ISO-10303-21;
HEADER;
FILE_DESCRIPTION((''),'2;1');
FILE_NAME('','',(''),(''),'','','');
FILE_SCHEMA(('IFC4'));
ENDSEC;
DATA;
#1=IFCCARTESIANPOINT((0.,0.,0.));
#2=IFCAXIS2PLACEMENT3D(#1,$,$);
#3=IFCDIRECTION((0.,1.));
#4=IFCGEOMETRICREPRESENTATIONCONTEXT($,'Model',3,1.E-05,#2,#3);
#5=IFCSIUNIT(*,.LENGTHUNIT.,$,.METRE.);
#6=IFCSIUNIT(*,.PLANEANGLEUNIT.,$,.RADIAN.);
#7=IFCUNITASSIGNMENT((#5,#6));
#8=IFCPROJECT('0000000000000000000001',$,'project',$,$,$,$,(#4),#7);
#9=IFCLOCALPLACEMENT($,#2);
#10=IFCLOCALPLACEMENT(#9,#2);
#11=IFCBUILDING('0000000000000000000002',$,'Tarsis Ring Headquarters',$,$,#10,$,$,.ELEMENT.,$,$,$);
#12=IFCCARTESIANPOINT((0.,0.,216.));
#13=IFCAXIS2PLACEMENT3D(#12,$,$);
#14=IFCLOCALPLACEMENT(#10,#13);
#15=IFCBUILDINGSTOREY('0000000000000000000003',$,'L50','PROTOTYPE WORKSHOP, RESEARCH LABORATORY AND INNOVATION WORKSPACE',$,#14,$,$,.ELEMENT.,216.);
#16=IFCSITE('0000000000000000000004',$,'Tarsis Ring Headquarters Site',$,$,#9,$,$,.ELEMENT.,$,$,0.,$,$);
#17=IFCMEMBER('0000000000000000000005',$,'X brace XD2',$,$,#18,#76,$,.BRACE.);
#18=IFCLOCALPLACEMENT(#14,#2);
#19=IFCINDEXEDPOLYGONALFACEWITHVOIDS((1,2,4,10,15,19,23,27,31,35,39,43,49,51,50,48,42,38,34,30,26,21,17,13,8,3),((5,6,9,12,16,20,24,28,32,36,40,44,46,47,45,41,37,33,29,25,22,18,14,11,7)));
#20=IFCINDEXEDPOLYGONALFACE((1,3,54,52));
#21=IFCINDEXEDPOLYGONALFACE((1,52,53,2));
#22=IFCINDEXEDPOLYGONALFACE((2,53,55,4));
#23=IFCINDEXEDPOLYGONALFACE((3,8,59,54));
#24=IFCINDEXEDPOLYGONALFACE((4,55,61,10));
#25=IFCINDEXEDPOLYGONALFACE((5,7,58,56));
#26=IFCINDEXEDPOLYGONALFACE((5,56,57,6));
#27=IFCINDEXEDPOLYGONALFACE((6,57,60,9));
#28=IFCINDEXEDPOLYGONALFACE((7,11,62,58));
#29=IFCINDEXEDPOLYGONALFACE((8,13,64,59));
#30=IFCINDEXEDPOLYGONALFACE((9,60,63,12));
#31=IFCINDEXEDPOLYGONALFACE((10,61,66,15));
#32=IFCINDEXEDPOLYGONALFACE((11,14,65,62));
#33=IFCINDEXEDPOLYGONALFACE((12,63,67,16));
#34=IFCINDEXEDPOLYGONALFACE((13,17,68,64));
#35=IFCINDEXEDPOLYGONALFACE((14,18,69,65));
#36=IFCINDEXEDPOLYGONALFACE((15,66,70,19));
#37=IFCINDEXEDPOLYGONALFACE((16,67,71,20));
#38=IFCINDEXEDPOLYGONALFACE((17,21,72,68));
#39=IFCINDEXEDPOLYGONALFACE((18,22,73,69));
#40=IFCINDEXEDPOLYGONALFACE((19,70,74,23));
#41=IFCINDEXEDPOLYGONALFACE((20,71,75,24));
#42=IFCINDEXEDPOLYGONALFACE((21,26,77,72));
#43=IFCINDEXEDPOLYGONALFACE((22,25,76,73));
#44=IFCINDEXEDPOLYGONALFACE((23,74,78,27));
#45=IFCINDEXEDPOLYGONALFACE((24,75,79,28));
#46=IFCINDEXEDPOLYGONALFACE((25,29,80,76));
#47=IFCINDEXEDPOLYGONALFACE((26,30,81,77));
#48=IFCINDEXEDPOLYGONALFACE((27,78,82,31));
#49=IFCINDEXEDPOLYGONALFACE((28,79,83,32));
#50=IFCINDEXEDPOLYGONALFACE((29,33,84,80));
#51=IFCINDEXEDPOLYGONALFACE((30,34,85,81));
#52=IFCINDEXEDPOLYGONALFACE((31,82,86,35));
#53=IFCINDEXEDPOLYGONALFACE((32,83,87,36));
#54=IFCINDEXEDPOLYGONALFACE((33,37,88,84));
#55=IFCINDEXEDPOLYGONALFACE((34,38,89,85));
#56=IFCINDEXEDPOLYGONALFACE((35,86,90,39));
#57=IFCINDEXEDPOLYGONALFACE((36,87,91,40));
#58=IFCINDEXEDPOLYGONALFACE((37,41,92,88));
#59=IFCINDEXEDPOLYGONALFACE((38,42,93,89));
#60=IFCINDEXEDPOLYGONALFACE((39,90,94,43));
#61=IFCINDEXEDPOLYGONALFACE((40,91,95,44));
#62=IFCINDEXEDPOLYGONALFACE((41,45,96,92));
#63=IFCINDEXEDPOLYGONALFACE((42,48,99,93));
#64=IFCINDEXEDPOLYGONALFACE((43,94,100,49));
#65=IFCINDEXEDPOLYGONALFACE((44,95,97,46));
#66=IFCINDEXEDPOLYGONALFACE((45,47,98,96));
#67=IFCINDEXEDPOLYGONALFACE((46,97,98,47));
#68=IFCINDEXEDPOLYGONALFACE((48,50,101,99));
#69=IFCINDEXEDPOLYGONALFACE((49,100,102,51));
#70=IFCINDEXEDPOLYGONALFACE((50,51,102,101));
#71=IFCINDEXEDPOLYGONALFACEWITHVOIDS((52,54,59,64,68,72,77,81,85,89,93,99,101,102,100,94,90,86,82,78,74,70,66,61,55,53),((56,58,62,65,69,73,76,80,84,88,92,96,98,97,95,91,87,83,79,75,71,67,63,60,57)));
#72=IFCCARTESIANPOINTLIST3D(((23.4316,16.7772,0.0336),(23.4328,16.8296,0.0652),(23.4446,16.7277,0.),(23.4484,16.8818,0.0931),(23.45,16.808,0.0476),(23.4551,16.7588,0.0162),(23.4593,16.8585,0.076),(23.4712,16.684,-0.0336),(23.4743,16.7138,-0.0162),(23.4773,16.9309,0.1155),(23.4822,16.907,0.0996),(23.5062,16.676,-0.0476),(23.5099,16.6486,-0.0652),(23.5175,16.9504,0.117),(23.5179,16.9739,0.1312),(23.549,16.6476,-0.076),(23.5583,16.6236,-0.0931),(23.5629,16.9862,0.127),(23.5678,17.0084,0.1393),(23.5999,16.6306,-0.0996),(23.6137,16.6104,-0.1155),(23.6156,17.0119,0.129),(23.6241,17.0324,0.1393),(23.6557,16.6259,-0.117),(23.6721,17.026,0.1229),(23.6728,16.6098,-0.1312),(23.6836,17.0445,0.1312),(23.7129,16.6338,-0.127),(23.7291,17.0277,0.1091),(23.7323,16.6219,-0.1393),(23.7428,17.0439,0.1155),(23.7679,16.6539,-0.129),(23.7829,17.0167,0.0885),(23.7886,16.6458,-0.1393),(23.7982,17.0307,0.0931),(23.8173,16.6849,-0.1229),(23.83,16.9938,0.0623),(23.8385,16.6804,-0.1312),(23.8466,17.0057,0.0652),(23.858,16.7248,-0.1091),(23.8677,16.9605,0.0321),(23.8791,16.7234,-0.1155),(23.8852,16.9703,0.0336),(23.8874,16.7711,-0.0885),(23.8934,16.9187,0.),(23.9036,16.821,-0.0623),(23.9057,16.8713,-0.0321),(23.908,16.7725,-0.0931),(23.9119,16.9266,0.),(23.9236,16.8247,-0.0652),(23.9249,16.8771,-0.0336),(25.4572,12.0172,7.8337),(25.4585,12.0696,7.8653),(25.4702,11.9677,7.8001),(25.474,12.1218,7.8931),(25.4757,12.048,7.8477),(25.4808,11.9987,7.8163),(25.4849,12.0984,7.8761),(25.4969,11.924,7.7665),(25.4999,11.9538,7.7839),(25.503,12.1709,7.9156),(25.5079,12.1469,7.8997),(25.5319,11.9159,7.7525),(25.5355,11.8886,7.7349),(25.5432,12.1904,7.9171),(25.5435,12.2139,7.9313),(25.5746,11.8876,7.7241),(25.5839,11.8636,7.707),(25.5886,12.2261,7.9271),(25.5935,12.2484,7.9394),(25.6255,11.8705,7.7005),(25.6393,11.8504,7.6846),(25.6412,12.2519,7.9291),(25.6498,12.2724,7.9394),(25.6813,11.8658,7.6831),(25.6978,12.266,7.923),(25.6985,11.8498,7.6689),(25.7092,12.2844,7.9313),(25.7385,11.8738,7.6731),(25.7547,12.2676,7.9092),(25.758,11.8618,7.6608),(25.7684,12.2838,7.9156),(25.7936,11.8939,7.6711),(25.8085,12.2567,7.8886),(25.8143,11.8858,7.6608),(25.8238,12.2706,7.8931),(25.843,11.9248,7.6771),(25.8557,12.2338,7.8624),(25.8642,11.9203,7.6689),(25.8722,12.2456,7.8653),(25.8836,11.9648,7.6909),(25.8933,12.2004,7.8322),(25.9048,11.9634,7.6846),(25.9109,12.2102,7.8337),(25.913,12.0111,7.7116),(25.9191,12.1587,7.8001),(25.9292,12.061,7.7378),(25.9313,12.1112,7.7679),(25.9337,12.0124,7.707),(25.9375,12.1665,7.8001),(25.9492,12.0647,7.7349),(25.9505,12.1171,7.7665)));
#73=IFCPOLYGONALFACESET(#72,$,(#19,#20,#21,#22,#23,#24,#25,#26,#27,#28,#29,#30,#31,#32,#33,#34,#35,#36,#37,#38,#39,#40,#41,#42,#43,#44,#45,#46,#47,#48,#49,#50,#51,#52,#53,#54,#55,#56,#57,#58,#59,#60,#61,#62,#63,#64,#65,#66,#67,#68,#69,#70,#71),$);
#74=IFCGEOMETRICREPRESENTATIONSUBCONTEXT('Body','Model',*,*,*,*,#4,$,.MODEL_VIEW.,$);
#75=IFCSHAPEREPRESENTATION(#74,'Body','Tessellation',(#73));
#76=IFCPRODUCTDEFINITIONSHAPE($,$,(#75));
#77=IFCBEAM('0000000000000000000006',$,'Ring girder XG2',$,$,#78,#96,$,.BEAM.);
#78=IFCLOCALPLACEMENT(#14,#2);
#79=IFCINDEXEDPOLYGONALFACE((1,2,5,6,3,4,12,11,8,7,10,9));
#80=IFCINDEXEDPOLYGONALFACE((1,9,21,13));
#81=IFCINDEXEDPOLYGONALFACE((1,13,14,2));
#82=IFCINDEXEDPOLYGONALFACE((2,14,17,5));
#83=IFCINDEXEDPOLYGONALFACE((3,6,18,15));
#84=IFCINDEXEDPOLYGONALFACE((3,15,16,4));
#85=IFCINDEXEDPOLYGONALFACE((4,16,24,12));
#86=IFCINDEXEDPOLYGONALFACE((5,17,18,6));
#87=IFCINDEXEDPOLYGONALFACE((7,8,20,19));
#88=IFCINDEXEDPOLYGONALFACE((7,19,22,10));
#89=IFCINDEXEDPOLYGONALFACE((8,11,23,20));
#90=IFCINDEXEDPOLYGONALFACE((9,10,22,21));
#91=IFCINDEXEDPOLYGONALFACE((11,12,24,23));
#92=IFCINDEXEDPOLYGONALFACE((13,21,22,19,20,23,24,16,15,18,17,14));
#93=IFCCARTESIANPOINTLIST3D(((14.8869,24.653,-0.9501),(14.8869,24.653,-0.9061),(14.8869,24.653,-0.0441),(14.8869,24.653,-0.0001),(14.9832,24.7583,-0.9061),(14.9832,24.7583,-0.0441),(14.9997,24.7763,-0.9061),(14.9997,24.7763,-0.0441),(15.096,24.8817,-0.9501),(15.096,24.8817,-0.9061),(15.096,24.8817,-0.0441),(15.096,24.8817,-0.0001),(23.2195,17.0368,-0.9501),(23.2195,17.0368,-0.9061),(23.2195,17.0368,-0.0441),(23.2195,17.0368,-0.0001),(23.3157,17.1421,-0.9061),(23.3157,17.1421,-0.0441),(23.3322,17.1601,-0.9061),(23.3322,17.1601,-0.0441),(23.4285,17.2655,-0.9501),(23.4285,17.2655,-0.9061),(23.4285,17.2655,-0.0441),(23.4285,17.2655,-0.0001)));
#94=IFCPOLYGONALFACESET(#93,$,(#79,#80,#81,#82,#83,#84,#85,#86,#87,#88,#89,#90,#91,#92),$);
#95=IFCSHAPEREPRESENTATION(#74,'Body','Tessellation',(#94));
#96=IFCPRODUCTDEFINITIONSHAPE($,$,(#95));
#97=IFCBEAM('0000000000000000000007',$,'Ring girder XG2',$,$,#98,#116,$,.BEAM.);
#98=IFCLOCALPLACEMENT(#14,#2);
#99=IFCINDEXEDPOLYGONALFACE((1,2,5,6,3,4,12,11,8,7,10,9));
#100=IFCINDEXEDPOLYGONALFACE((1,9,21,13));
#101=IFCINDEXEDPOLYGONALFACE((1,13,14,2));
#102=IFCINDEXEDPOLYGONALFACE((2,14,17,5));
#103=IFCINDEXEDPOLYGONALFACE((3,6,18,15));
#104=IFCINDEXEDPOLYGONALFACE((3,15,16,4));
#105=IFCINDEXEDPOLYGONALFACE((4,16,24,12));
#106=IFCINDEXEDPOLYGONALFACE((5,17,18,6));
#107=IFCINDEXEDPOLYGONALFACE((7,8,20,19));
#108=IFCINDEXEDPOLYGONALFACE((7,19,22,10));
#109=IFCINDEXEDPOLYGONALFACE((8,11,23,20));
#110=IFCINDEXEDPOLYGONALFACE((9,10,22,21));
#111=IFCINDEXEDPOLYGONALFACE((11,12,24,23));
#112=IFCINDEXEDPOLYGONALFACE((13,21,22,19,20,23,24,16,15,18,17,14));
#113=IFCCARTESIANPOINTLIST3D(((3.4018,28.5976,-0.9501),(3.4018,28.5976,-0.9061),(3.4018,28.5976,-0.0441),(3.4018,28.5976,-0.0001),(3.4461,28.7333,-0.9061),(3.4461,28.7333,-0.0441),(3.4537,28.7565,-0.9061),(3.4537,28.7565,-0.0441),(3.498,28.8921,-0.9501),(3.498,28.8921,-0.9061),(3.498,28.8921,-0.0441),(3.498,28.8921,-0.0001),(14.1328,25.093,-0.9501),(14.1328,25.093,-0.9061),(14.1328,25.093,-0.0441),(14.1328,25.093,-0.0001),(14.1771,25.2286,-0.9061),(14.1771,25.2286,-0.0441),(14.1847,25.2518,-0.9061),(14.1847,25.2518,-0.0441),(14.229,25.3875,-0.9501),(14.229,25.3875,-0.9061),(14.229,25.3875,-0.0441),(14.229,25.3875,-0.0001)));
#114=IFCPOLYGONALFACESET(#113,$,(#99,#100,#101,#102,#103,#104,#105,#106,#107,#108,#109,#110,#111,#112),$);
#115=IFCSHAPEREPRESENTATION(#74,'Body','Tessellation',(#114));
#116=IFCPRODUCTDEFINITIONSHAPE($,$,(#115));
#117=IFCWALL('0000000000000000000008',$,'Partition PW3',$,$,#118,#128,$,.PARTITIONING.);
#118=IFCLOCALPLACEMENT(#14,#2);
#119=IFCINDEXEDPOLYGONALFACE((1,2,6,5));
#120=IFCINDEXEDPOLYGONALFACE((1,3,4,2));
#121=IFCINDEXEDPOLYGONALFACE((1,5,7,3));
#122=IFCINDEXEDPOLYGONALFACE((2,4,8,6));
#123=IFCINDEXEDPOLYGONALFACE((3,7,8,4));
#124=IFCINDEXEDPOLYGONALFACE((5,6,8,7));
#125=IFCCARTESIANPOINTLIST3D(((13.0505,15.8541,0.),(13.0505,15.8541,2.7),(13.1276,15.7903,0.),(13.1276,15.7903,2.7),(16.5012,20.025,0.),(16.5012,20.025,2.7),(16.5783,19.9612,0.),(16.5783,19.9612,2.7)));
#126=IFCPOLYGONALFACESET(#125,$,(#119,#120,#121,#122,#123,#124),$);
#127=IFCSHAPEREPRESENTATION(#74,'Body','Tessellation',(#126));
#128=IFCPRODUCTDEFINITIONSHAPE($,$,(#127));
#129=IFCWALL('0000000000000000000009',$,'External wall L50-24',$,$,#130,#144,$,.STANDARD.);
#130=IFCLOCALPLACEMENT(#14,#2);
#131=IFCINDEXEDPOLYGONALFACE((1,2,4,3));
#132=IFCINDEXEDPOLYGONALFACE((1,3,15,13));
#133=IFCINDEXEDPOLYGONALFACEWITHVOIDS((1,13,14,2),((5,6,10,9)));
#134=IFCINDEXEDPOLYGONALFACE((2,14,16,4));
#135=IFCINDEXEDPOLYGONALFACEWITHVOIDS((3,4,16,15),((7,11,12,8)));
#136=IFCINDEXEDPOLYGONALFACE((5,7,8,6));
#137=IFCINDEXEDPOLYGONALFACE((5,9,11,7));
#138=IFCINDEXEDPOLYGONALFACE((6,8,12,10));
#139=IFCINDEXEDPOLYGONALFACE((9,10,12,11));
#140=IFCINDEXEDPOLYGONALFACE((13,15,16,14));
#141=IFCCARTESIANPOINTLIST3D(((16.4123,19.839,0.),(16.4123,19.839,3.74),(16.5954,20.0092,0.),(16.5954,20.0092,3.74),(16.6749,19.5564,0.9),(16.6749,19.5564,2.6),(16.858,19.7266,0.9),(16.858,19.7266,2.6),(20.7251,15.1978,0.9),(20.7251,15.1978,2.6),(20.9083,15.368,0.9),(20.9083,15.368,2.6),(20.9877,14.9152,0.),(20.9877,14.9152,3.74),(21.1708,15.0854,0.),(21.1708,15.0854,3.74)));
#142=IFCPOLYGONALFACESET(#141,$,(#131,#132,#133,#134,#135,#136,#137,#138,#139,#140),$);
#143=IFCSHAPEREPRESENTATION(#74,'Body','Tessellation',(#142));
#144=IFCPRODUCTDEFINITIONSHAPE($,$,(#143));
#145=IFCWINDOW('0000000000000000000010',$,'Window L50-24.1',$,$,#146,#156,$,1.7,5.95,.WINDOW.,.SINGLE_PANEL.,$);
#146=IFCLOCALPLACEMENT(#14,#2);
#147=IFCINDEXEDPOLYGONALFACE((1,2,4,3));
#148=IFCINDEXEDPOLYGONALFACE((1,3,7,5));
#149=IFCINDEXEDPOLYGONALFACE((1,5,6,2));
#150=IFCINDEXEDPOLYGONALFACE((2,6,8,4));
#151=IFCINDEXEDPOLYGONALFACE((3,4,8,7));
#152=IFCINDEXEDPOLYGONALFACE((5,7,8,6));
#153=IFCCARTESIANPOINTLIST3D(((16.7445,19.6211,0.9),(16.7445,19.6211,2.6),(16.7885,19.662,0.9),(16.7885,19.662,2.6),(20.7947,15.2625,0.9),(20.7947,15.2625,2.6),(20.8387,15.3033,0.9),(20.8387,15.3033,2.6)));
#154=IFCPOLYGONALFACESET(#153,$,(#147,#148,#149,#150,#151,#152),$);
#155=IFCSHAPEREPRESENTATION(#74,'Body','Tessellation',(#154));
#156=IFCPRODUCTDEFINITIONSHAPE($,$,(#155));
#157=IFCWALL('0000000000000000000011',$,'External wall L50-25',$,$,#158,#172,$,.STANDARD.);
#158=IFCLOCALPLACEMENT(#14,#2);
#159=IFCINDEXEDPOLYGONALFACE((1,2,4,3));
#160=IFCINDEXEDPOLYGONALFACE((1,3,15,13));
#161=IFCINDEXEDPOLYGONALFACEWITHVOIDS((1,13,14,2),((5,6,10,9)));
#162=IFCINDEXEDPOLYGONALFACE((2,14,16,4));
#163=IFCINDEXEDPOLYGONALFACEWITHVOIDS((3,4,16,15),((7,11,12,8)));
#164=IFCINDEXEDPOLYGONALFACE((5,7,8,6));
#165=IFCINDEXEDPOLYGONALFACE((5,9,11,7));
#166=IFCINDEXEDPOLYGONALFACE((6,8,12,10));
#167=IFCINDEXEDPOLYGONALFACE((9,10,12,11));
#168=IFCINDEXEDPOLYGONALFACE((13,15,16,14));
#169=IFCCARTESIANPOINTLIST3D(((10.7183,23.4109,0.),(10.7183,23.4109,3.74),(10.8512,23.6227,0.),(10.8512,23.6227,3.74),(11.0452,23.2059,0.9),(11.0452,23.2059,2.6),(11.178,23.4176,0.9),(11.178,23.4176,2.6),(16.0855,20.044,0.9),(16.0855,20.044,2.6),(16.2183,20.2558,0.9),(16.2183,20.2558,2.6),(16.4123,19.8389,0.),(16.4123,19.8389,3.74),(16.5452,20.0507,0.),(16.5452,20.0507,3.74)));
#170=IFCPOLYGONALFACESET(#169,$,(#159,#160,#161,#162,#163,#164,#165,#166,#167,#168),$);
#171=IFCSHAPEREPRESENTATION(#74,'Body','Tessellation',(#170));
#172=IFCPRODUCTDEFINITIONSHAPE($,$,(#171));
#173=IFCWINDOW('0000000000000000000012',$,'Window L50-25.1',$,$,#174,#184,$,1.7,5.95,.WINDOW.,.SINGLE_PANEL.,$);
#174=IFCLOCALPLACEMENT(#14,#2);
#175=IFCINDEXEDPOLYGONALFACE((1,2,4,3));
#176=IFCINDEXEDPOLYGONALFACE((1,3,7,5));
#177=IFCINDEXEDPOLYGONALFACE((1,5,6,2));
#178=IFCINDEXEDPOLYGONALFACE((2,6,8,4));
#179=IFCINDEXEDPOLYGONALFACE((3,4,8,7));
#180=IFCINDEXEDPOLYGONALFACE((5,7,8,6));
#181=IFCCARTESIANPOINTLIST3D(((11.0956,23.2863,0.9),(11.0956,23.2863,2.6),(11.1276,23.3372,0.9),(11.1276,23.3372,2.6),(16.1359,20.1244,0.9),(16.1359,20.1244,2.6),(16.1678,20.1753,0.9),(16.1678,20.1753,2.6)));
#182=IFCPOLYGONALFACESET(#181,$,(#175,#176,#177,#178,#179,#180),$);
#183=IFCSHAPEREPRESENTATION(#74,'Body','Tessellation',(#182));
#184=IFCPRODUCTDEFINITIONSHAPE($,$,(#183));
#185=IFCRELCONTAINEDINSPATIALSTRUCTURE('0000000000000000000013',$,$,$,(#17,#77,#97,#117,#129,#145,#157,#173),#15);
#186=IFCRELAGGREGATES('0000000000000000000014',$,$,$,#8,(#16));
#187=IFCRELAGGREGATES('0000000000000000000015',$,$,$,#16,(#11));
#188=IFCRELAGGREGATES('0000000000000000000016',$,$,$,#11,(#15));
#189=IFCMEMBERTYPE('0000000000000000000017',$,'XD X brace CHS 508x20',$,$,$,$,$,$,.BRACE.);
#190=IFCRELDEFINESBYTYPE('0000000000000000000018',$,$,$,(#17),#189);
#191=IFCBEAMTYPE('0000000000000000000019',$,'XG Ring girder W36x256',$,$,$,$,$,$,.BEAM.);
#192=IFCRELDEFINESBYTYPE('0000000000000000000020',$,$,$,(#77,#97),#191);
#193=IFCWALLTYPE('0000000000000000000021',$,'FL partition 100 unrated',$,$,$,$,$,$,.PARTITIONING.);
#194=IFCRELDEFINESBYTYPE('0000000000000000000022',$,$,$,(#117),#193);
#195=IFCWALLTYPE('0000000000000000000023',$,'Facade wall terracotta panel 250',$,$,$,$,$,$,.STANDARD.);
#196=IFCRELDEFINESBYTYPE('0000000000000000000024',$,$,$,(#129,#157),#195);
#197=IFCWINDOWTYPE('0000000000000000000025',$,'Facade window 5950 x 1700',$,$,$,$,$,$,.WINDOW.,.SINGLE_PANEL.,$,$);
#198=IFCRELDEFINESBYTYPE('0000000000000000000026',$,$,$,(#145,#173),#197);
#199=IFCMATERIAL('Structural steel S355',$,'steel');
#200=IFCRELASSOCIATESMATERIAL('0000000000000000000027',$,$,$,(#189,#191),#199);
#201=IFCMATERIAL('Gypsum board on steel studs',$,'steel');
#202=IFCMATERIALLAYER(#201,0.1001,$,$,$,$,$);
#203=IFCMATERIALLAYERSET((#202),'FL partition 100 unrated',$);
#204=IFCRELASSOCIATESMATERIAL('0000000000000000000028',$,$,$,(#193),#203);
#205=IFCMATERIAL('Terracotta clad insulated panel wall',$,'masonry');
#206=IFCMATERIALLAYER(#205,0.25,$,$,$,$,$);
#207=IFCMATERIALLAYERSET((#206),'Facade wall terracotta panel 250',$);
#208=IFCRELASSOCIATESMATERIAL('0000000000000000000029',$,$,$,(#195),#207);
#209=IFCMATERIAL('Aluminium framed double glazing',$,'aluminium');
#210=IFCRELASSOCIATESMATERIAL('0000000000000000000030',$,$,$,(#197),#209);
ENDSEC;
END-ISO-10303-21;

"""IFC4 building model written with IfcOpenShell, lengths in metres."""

from ifc_helpers import new_model, si_unit, direction, frame, frame_2d, origin, origin_2d, place, context, subcontext, project, spatial, rectangle, hollow_circle, i_section, extrude, material, layer, layer_set, material_profile, profile_set, type_object, element, fill, save


model = new_model("IFC4")

# Units and contexts
model_context = context("Model", 3, precision=1e-05, world=origin(), true_north=direction((0.0, 1.0)))
body_context = subcontext(model_context, "Body", "Model", "MODEL_VIEW")
ifc_project = project(units=[si_unit("LENGTHUNIT", "METRE"), si_unit("PLANEANGLEUNIT", "RADIAN")], contexts=[model_context])

# Site, building, storey
site_placement = place(None, origin())
site = spatial("IfcSite", under=ifc_project, at=site_placement, Name="Tarsis Ring Headquarters Site", CompositionType="ELEMENT", RefElevation=0.0)
building_placement = place(site_placement, origin())
building = spatial("IfcBuilding", under=site, at=building_placement, Name="Tarsis Ring Headquarters", CompositionType="ELEMENT")
storey_placement = place(building_placement, frame((0.0, 0.0, 216.0)))
storey = spatial("IfcBuildingStorey", under=building, at=storey_placement, Name="L50", Description="PROTOTYPE WORKSHOP, RESEARCH LABORATORY AND INNOVATION WORKSPACE", CompositionType="ELEMENT", Elevation=216.0)

# Shared definitions
ifc_material_1 = material(Name="Structural steel S355", Category="steel")

# Shared definitions
ifc_material_profile_1 = material_profile(ifc_material_1, i_section(OverallWidth=0.3098, OverallDepth=0.95, WebThickness=0.0244, FlangeThickness=0.0439, at=origin_2d()), Name="W36x256")
ifc_profile_set_1 = profile_set([ifc_material_profile_1], Name="Structural steel S355")

# Member
ifc_material_profile_2 = material_profile(ifc_material_1, hollow_circle(Radius=0.2539, WallThickness=0.02, at=origin_2d()), Name="CHS 508x20")
ifc_profile_set_2 = profile_set([ifc_material_profile_2], Name="Structural steel S355")
member_type = type_object("IfcMemberType", Name="XD X brace CHS 508x20", PredefinedType="BRACE", material=ifc_profile_set_2)
member_placement = place(storey_placement, frame((23.6782, 16.8271, 0.0), z_axis=(0.216424, -0.508571, 0.833376), x_axis=(0.920148, 0.391571, 0.0)))
element("IfcMember", 1, at=member_placement, inside=storey, type_object=member_type, Name="X brace XD2", PredefinedType="BRACE", context=body_context, shape_type="SweptSolid", body=[
    extrude(hollow_circle(Radius=0.2539, WallThickness=0.02, at=origin_2d()), origin(), (0.0, 0.0, 1.0), 9.3596),
])

# Beams
beam_type_1 = type_object("IfcBeamType", Name="XG Ring girder W36x256", PredefinedType="BEAM", material=ifc_profile_set_1)
for number, where, z_axis, x_axis, name in (
    (2, (23.324, 17.1511, -0.4751), (-0.738121, 0.674668, 0.0), (-0.674668, -0.738121, 0.0), "Ring girder XG2"),
    (3, (14.1809, 25.2402, -0.4751), (-0.950588, 0.310454, 0.0), (-0.310454, -0.950588, 0.0), "Ring girder XG2"),
):
    element("IfcBeam", number, at=place(storey_placement, frame(where, z_axis=z_axis, x_axis=x_axis)), inside=storey, type_object=beam_type_1, Name=name, PredefinedType="BEAM", context=body_context, shape_type="SweptSolid", body=[
        extrude(i_section(OverallWidth=0.3098, OverallDepth=0.95, WebThickness=0.0244, FlangeThickness=0.0439, at=origin_2d()), origin(), (0.0, 0.0, 1.0), 11.2888),
    ])

# Wall
ifc_material_2 = material(Name="Gypsum board on steel studs", Category="steel")
ifc_layer_1 = layer(ifc_material_2, 0.1001)
ifc_layer_set_1 = layer_set([ifc_layer_1], Name="FL partition 100 unrated")
wall_type_1 = type_object("IfcWallType", Name="FL partition 100 unrated", PredefinedType="PARTITIONING", material=ifc_layer_set_1)
wall_1_placement = place(storey_placement, frame((13.0891, 15.8223, 0.0), z_axis=(0.0, 0.0, 1.0), x_axis=(0.637448, 0.770494, 0.0)))
element("IfcWall", 4, at=wall_1_placement, inside=storey, type_object=wall_type_1, Name="Partition PW3", PredefinedType="PARTITIONING", context=body_context, shape_type="SweptSolid", body=[
    extrude(rectangle(XDim=5.4133, YDim=0.1001, at=frame_2d((2.7065, 0.0))), origin(), (0.0, 0.0, 1.0), 2.7),
])

# Walls, openings, windows
ifc_material_3 = material(Name="Terracotta clad insulated panel wall", Category="masonry")
ifc_layer_2 = layer(ifc_material_3, 0.25)
ifc_layer_set_2 = layer_set([ifc_layer_2], Name="Facade wall terracotta panel 250")
wall_type_2 = type_object("IfcWallType", Name="Facade wall terracotta panel 250", PredefinedType="STANDARD", material=ifc_layer_set_2)
wall_2_placement = place(storey_placement, frame((21.0793, 15.0002, 0.0), z_axis=(0.0, 0.0, 1.0), x_axis=(-0.680716, 0.732548, 0.0)))
wall_2 = element("IfcWall", 5, at=wall_2_placement, inside=storey, type_object=wall_type_2, Name="External wall L50-24", PredefinedType="STANDARD", context=body_context, shape_type="SweptSolid", body=[
    extrude(rectangle(XDim=6.7214, YDim=0.25, at=frame_2d((3.3608, 0.0))), origin(), (0.0, 0.0, 1.0), 3.74),
])
opening_1_placement = place(wall_2_placement, frame((0.3857, 0.0, 0.8999)))
opening_1 = element("IfcOpeningElement", 6, at=opening_1_placement, cuts=wall_2, PredefinedType="OPENING", context=body_context, shape_type="SweptSolid", body=[
    extrude(rectangle(XDim=5.95, YDim=1.7, at=frame_2d((2.9751, 0.8501))), frame((0.0, 0.135, 0.0), z_axis=(0.0, -1.0, 0.0), x_axis=(1.0, 0.0, 0.0)), (0.0, 0.0, 1.0), 0.27),
])
ifc_material_4 = material(Name="Aluminium framed double glazing", Category="aluminium")
window_type = type_object("IfcWindowType", Name="Facade window 5950 x 1700", PartitioningType="SINGLE_PANEL", PredefinedType="WINDOW", material=ifc_material_4)
window_1_placement = place(opening_1_placement, origin())
window_1 = element("IfcWindow", 7, at=window_1_placement, inside=storey, type_object=window_type, Name="Window L50-24.1", OverallHeight=1.7, OverallWidth=5.95, PartitioningType="SINGLE_PANEL", PredefinedType="WINDOW", context=body_context, shape_type="SweptSolid", body=[
    extrude(rectangle(XDim=5.95, YDim=1.7, at=frame_2d((2.9751, 0.8501))), frame((0.0, 0.03, 0.0), z_axis=(0.0, -1.0, 0.0), x_axis=(1.0, 0.0, 0.0)), (0.0, 0.0, 1.0), 0.0601),
])
fill(opening_1, window_1)
wall_3_placement = place(storey_placement, frame((16.4788, 19.9448, 0.0), z_axis=(0.0, 0.0, 1.0), x_axis=(-0.847114, 0.531412, 0.0)))
wall_3 = element("IfcWall", 8, at=wall_3_placement, inside=storey, type_object=wall_type_2, Name="External wall L50-25", PredefinedType="STANDARD", context=body_context, shape_type="SweptSolid", body=[
    extrude(rectangle(XDim=6.7217, YDim=0.25, at=frame_2d((3.3608, 0.0))), origin(), (0.0, 0.0, 1.0), 3.74),
])
opening_2_placement = place(wall_3_placement, frame((0.3857, 0.0, 0.8999)))
opening_2 = element("IfcOpeningElement", 9, at=opening_2_placement, cuts=wall_3, PredefinedType="OPENING", context=body_context, shape_type="SweptSolid", body=[
    extrude(rectangle(XDim=5.95, YDim=1.7, at=frame_2d((2.9751, 0.8501))), frame((0.0, 0.135, 0.0), z_axis=(0.0, -1.0, 0.0), x_axis=(1.0, 0.0, 0.0)), (0.0, 0.0, 1.0), 0.27),
])
window_2_placement = place(opening_2_placement, origin())
window_2 = element("IfcWindow", 10, at=window_2_placement, inside=storey, type_object=window_type, Name="Window L50-25.1", OverallHeight=1.7, OverallWidth=5.95, PartitioningType="SINGLE_PANEL", PredefinedType="WINDOW", context=body_context, shape_type="SweptSolid", body=[
    extrude(rectangle(XDim=5.95, YDim=1.7, at=frame_2d((2.9751, 0.8501))), frame((0.0, 0.03, 0.0), z_axis=(0.0, -1.0, 0.0), x_axis=(1.0, 0.0, 0.0)), (0.0, 0.0, 1.0), 0.0601),
])
fill(opening_2, window_2)

save(model, "model.ifc")
